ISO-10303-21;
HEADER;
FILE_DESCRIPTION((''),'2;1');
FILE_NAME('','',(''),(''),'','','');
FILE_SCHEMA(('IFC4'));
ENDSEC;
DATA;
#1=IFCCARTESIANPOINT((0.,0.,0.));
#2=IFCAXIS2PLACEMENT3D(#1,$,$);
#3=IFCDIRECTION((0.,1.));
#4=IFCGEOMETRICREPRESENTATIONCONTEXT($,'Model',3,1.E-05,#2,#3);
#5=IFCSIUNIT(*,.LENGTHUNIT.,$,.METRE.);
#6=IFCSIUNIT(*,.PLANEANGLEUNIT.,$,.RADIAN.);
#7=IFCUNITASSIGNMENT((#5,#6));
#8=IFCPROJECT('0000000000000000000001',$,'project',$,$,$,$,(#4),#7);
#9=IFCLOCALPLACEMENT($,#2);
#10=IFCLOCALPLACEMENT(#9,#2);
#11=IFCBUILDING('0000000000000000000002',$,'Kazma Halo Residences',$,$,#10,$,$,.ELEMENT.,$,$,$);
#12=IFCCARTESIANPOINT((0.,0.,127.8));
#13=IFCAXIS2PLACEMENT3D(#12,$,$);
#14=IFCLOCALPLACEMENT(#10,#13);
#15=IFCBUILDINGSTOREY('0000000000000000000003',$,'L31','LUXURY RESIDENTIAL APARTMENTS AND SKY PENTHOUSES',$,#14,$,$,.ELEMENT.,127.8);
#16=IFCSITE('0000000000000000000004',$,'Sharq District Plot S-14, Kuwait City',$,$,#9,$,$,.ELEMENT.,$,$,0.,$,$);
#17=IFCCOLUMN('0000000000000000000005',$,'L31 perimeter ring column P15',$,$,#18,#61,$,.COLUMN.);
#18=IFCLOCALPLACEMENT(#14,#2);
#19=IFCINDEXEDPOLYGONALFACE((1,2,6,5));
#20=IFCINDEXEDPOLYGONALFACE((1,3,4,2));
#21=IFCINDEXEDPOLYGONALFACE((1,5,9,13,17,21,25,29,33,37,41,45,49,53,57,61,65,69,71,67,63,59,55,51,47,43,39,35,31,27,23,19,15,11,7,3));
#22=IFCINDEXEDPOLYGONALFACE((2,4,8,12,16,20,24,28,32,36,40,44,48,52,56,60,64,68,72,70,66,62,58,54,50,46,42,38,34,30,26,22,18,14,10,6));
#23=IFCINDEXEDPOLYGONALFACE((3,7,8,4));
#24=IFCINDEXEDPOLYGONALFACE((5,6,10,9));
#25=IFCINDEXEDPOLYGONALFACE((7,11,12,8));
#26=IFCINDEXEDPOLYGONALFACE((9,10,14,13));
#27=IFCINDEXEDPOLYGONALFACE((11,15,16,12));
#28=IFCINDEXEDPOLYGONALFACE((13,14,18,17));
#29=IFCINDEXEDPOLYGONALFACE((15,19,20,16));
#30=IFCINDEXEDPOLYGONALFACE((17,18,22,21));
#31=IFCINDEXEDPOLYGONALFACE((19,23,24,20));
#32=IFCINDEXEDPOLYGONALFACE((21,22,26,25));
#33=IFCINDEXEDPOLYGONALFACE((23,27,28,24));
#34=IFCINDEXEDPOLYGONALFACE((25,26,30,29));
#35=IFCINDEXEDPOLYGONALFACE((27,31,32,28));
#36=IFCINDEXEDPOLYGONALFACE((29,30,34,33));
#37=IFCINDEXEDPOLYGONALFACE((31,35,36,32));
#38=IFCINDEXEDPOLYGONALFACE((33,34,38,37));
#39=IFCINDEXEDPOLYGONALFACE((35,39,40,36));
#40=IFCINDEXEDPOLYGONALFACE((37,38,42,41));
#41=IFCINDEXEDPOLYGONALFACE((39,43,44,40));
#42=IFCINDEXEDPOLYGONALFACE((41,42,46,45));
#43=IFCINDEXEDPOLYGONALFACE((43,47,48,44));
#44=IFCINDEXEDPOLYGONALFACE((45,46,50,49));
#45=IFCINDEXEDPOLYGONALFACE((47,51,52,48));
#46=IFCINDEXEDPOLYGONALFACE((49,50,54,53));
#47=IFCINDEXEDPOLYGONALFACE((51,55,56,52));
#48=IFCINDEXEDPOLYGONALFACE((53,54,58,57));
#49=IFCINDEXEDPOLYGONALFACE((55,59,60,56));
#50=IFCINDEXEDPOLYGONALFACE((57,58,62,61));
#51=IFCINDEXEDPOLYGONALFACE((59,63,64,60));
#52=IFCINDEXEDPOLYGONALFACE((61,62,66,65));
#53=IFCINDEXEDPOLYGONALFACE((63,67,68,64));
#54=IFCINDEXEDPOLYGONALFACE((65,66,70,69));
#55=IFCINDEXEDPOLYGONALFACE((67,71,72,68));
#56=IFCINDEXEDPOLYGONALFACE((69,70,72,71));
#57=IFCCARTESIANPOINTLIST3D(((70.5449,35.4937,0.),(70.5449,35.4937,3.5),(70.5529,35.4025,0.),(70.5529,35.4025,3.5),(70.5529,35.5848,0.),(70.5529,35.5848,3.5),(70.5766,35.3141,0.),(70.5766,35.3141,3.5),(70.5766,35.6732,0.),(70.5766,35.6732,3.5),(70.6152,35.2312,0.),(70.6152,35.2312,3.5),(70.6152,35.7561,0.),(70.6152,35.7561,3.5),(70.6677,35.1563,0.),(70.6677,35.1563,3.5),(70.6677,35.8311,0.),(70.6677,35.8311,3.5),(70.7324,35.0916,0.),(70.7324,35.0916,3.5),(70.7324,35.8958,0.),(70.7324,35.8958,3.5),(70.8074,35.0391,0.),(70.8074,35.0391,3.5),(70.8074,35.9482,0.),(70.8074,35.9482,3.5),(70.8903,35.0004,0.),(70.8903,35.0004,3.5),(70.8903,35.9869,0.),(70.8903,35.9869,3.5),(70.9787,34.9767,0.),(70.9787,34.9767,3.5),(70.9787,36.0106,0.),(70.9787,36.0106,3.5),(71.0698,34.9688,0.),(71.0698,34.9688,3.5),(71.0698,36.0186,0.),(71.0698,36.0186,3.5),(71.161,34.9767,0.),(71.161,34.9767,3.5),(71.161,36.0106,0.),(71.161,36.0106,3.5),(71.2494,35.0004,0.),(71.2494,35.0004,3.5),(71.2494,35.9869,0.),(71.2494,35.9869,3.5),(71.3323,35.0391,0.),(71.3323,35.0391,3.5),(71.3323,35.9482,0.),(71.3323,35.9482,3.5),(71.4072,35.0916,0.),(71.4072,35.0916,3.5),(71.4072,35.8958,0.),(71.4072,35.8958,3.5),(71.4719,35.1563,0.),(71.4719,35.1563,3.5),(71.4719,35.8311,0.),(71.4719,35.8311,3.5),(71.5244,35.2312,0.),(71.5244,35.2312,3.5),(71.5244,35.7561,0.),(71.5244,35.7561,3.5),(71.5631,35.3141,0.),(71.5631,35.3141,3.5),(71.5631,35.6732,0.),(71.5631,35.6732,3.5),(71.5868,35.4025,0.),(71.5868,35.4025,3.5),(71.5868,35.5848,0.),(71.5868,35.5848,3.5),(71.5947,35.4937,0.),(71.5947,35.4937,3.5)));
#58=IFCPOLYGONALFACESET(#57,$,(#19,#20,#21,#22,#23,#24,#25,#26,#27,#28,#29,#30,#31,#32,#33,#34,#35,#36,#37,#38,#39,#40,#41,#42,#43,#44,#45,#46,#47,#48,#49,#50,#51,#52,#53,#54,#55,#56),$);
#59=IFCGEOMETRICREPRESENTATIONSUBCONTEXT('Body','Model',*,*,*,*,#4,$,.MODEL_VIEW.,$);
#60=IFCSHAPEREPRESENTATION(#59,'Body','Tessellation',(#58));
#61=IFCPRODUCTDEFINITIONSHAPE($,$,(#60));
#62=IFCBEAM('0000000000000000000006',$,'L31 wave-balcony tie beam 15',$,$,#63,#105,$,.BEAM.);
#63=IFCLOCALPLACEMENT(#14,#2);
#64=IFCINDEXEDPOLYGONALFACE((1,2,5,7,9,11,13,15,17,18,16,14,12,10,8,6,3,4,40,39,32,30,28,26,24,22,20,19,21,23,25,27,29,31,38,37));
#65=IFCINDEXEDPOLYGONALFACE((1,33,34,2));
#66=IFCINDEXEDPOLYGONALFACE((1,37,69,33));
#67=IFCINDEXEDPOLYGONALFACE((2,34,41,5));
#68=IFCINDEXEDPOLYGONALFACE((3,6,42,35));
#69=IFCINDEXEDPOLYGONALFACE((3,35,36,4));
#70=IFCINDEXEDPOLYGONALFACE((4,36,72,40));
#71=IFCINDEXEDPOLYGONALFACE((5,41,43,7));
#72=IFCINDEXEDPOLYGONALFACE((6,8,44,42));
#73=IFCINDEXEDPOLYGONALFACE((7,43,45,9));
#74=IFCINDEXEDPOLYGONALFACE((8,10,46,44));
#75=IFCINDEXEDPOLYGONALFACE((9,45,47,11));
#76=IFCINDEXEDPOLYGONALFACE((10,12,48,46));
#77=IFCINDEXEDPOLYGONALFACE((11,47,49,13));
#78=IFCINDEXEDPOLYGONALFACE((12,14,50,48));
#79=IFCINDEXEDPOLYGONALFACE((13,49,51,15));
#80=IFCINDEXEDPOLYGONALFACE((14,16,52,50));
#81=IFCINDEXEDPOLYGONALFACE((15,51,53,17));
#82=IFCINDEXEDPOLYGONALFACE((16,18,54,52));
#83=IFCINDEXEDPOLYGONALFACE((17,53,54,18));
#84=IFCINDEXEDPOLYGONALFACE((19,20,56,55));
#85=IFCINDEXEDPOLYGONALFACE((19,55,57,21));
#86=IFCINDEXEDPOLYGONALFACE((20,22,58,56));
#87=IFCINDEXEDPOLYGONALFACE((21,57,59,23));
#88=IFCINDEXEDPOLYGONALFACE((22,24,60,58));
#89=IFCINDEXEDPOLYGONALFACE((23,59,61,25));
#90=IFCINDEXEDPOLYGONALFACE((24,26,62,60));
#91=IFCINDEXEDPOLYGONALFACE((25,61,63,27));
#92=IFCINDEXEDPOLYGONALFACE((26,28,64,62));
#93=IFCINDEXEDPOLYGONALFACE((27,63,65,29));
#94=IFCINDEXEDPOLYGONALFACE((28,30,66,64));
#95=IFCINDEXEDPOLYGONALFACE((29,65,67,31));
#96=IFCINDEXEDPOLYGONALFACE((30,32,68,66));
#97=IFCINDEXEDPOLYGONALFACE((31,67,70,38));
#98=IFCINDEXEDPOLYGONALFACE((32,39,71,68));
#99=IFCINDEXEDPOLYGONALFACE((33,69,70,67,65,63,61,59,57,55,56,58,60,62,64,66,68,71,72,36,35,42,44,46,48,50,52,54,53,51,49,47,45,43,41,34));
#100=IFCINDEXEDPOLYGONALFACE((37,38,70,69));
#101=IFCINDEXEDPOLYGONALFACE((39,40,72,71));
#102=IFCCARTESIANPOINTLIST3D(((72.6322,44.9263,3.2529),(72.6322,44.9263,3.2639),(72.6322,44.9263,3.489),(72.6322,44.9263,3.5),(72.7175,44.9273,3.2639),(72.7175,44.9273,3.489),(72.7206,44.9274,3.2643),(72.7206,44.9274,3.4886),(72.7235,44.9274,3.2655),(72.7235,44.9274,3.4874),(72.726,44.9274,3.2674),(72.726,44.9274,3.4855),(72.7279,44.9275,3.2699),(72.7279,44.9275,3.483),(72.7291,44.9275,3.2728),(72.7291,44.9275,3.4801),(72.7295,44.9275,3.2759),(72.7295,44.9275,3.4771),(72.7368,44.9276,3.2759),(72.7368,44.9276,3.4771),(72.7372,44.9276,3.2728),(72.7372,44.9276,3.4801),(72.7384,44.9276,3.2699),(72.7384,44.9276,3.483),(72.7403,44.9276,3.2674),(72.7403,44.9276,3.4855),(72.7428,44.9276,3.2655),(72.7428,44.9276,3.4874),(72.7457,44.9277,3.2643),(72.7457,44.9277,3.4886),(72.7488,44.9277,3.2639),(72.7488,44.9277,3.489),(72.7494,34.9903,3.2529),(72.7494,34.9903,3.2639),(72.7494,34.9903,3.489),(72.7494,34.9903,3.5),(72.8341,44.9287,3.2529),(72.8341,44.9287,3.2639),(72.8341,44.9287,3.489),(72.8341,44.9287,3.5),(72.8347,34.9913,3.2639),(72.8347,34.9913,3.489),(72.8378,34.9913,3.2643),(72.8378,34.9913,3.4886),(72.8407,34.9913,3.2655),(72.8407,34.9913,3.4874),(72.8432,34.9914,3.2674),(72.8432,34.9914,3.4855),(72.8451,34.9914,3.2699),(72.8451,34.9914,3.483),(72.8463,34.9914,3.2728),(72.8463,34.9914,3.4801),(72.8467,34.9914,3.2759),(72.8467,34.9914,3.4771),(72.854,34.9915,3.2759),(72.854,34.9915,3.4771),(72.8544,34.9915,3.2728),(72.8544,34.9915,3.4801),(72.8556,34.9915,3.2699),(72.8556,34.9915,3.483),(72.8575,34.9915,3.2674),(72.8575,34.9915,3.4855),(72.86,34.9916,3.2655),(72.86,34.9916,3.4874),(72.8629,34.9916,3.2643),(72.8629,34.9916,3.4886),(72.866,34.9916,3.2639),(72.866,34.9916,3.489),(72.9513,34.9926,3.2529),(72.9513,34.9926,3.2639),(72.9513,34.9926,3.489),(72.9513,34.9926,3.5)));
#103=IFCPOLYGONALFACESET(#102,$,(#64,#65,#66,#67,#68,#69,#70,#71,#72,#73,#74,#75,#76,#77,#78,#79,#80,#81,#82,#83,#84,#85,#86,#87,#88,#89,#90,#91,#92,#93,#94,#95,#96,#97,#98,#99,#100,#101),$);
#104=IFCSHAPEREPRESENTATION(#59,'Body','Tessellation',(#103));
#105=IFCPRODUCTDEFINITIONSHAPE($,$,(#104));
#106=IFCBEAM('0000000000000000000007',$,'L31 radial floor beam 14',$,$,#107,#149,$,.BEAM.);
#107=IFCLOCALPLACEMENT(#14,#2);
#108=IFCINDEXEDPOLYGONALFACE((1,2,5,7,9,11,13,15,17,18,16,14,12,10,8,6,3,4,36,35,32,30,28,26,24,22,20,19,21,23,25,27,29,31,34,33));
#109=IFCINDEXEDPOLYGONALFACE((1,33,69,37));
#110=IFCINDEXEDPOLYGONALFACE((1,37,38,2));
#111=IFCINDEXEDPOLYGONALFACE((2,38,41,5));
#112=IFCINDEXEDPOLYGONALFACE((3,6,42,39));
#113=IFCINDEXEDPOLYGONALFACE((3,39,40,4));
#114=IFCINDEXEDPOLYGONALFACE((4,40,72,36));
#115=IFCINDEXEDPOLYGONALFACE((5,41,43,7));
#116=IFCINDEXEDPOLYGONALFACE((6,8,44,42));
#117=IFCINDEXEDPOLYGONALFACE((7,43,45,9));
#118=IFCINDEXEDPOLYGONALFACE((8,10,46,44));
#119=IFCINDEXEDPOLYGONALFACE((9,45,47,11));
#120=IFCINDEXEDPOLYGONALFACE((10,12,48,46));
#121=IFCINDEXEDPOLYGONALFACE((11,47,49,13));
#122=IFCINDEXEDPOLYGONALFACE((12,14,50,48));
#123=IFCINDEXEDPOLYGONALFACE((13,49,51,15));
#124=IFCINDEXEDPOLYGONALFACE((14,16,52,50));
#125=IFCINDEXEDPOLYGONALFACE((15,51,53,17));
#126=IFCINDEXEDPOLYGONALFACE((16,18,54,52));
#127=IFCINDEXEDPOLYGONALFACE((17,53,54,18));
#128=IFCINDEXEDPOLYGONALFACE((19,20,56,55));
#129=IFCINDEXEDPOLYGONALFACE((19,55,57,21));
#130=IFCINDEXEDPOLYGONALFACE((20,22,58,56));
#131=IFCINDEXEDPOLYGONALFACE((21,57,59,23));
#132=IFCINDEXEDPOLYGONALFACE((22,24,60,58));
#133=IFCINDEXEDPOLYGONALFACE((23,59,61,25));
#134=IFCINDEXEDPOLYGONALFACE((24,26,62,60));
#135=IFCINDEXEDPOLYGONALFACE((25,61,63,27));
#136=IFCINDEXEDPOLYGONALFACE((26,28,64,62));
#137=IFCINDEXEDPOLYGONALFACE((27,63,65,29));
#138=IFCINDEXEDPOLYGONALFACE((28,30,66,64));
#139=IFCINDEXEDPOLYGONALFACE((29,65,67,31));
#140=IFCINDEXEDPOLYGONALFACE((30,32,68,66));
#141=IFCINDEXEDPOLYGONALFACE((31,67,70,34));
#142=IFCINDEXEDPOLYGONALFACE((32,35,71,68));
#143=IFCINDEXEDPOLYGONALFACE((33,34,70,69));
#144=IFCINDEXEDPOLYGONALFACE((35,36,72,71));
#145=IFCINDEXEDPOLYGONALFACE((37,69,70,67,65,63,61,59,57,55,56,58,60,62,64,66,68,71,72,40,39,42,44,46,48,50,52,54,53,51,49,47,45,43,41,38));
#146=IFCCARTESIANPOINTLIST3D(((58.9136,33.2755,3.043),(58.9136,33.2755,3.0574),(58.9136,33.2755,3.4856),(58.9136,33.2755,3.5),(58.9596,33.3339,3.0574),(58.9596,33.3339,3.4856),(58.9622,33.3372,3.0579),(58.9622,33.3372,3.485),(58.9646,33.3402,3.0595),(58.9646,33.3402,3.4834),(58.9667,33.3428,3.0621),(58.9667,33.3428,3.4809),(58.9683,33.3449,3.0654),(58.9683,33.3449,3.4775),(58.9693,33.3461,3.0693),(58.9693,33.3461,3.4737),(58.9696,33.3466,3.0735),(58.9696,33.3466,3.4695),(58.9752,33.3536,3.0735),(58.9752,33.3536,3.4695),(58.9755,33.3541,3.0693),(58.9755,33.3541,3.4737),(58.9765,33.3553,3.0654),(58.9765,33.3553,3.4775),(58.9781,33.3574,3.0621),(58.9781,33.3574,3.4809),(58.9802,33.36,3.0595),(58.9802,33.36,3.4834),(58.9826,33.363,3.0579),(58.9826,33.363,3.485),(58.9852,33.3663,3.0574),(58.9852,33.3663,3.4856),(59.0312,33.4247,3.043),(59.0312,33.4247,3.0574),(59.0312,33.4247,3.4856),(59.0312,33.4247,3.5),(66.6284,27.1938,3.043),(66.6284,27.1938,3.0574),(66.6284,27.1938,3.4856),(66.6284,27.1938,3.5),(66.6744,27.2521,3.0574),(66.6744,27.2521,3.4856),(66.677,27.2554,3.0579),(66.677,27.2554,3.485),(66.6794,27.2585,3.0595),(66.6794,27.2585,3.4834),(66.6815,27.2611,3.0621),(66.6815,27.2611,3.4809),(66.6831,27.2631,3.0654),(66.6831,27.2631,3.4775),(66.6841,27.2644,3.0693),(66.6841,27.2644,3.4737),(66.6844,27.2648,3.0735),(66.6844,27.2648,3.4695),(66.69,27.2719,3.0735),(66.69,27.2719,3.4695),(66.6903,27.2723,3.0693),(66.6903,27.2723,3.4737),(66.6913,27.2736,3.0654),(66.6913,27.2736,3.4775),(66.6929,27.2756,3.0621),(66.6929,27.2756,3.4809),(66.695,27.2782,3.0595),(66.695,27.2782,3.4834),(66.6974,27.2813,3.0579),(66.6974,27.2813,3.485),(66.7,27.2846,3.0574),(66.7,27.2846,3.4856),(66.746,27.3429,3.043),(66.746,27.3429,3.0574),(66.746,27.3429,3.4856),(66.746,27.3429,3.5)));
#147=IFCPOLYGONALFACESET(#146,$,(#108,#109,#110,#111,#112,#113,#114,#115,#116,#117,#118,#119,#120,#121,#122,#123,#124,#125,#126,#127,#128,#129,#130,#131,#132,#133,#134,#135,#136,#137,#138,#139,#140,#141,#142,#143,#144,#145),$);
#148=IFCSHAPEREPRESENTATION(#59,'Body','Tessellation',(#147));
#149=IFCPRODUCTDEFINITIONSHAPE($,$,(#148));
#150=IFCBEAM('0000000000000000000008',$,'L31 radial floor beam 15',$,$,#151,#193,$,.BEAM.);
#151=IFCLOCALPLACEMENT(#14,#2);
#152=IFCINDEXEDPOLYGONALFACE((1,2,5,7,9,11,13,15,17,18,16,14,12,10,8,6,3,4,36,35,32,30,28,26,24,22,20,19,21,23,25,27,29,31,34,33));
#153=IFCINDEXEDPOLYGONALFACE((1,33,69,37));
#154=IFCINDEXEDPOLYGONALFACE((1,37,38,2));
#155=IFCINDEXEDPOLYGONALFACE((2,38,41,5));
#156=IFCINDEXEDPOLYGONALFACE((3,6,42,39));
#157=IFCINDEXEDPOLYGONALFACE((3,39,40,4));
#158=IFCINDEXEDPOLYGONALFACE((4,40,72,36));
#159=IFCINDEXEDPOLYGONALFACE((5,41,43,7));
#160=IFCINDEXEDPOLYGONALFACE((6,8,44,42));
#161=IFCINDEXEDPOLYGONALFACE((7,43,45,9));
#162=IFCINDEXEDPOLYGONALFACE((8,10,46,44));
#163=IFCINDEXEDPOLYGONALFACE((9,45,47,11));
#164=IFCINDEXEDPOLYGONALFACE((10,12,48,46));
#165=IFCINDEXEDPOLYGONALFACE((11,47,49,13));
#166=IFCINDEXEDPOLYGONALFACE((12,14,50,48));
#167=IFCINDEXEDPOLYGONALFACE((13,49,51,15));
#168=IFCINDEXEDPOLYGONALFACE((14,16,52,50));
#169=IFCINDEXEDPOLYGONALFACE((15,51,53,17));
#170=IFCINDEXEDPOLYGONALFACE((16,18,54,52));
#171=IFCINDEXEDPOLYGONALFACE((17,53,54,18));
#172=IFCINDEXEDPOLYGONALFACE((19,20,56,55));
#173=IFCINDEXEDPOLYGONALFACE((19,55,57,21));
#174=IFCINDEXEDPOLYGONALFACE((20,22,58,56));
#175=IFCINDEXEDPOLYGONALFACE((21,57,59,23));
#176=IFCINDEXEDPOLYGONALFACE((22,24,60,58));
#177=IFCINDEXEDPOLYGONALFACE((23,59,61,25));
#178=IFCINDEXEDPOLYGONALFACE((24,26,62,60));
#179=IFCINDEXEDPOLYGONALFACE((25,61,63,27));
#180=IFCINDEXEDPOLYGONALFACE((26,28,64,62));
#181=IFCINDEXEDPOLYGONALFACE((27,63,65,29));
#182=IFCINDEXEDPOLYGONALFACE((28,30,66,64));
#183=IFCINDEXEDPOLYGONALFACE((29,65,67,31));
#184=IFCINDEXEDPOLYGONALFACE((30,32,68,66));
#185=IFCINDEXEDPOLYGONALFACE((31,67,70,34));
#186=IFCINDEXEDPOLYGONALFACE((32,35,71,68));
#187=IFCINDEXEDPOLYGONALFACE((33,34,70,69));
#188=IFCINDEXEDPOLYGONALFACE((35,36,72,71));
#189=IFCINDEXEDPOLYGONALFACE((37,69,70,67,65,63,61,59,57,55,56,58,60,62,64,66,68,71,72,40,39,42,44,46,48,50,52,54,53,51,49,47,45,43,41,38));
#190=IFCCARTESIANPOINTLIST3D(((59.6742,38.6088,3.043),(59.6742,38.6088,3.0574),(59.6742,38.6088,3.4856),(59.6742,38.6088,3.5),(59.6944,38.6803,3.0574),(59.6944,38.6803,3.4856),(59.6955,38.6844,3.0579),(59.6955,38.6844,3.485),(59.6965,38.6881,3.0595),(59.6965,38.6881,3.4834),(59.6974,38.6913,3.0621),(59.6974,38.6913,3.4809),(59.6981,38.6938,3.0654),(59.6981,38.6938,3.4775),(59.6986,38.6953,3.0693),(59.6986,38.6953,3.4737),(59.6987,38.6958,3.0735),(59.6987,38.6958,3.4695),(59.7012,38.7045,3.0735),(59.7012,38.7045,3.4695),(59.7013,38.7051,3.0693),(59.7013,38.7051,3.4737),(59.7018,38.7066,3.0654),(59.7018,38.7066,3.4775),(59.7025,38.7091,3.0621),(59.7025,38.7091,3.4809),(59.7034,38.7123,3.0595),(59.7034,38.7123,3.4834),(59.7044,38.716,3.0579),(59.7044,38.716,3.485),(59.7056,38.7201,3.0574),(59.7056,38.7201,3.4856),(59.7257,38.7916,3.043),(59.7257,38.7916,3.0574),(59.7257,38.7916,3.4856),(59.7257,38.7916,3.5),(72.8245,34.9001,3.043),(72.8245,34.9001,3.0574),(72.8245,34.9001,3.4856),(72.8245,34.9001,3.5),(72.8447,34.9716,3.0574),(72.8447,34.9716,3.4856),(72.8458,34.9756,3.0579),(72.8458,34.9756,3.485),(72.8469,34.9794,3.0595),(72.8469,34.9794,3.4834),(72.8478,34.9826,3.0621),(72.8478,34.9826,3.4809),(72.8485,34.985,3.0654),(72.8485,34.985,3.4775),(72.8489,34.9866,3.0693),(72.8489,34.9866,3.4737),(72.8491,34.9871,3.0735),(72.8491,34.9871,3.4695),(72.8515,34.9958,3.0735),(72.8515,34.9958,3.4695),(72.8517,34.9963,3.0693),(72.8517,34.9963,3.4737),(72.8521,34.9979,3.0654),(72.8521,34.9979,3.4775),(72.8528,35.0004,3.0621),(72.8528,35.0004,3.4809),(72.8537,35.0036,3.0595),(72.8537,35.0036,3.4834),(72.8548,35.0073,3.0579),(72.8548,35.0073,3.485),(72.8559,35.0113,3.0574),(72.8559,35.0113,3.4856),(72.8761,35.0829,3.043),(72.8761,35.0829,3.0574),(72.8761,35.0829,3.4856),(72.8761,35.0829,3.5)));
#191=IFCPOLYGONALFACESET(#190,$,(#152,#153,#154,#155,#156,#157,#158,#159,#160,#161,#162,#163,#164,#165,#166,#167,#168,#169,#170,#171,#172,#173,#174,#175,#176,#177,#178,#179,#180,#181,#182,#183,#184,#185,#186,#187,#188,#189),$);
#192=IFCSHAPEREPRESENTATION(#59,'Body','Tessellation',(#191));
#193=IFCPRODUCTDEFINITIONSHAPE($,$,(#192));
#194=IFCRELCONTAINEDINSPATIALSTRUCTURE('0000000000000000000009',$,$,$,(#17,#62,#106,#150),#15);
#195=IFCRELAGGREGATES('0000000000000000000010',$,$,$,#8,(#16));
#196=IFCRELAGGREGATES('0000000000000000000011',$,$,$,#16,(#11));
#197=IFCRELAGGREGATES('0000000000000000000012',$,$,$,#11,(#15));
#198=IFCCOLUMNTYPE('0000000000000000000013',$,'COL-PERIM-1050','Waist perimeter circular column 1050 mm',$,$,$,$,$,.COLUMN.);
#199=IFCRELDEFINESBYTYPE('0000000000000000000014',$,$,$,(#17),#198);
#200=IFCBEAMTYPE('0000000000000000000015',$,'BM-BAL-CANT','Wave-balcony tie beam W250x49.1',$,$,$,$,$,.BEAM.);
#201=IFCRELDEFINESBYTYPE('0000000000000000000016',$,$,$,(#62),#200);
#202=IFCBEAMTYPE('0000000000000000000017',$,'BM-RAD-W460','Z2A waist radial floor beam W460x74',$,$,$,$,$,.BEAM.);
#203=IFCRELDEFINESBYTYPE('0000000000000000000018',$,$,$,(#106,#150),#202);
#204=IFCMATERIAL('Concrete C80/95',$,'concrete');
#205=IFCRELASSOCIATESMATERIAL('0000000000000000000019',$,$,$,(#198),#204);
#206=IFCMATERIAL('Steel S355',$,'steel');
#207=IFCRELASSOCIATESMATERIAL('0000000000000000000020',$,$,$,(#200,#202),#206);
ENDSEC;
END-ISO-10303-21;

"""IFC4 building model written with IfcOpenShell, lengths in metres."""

from ifc_helpers import new_model, si_unit, direction, frame, origin, origin_2d, place, context, subcontext, project, spatial, circle, i_section, extrude, material, material_profile, profile_set, type_object, element, save


model = new_model("IFC4")

# Units and contexts
model_context = context("Model", 3, precision=1e-05, world=origin(), true_north=direction((0.0, 1.0)))
body_context = subcontext(model_context, "Body", "Model", "MODEL_VIEW")
ifc_project = project(units=[si_unit("LENGTHUNIT", "METRE"), si_unit("PLANEANGLEUNIT", "RADIAN")], contexts=[model_context])

# Site, building, storey
site_placement = place(None, origin())
site = spatial("IfcSite", under=ifc_project, at=site_placement, Name="Sharq District Plot S-14, Kuwait City", CompositionType="ELEMENT", RefElevation=0.0)
building_placement = place(site_placement, origin())
building = spatial("IfcBuilding", under=site, at=building_placement, Name="Kazma Halo Residences", CompositionType="ELEMENT")
storey_placement = place(building_placement, frame((0.0, 0.0, 127.8)))
storey = spatial("IfcBuildingStorey", under=building, at=storey_placement, Name="L31", Description="LUXURY RESIDENTIAL APARTMENTS AND SKY PENTHOUSES", CompositionType="ELEMENT", Elevation=127.8)

# Column
ifc_material_1 = material(Name="Concrete C80/95", Category="concrete")
ifc_material_profile_1 = material_profile(ifc_material_1, circle(Radius=0.5249, at=origin_2d()), Name="CIRC1050")
ifc_profile_set_1 = profile_set([ifc_material_profile_1], Name="Concrete C80/95")
column_type = type_object("IfcColumnType", Name="COL-PERIM-1050", Description="Waist perimeter circular column 1050 mm", PredefinedType="COLUMN", material=ifc_profile_set_1)
column_placement = place(storey_placement, frame((71.0698, 35.4937, 0.0), z_axis=(0.0, 0.0, 1.0), x_axis=(1.0, 0.0, 0.0)))
element("IfcColumn", 1, at=column_placement, inside=storey, type_object=column_type, Name="L31 perimeter ring column P15", PredefinedType="COLUMN", context=body_context, shape_type="SweptSolid", body=[
    extrude(circle(Radius=0.5249, at=origin_2d()), origin(), (0.0, 0.0, 1.0), 3.5),
])

# Beams
ifc_material_2 = material(Name="Steel S355", Category="steel")
ifc_material_profile_2 = material_profile(ifc_material_2, i_section(OverallWidth=0.2019, OverallDepth=0.2471, WebThickness=0.0073, FlangeThickness=0.011, FilletRadius=0.012, at=origin_2d()), Name="W250x49.1")
ifc_profile_set_2 = profile_set([ifc_material_profile_2], Name="Steel S355")
beam_type_1 = type_object("IfcBeamType", Name="BM-BAL-CANT", Description="Wave-balcony tie beam W250x49.1", PredefinedType="BEAM", material=ifc_profile_set_2)
beam_1_placement = place(storey_placement, frame((72.8503, 34.9915, 3.3765), z_axis=(-0.011793, 0.99993, 0.0), x_axis=(-0.99993, -0.011793, 0.0)))
element("IfcBeam", 2, at=beam_1_placement, inside=storey, type_object=beam_type_1, Name="L31 wave-balcony tie beam 15", PredefinedType="BEAM", context=body_context, shape_type="SweptSolid", body=[
    extrude(i_section(OverallWidth=0.2019, OverallDepth=0.2471, WebThickness=0.0073, FlangeThickness=0.011, FilletRadius=0.012, at=origin_2d()), origin(), (0.0, 0.0, 1.0), 9.9368),
])
ifc_material_profile_3 = material_profile(ifc_material_2, i_section(OverallWidth=0.1899, OverallDepth=0.457, WebThickness=0.009, FlangeThickness=0.0144, FilletRadius=0.0161, at=origin_2d()), Name="W460x74")
ifc_profile_set_3 = profile_set([ifc_material_profile_3], Name="Steel S355")
beam_type_2 = type_object("IfcBeamType", Name="BM-RAD-W460", Description="Z2A waist radial floor beam W460x74", PredefinedType="BEAM", material=ifc_profile_set_3)
beam_2_placement = place(storey_placement, frame((58.9724, 33.3501, 3.2715), z_axis=(0.785322, -0.619087, 0.0), x_axis=(0.619087, 0.785322, 0.0)))
element("IfcBeam", 3, at=beam_2_placement, inside=storey, type_object=beam_type_2, Name="L31 radial floor beam 14", PredefinedType="BEAM", context=body_context, shape_type="SweptSolid", body=[
    extrude(i_section(OverallWidth=0.1899, OverallDepth=0.457, WebThickness=0.009, FlangeThickness=0.0144, FilletRadius=0.0161, at=origin_2d()), origin(), (0.0, 0.0, 1.0), 9.8237),
])
beam_3_placement = place(storey_placement, frame((59.7, 38.7002, 3.2715), z_axis=(0.962456, -0.271437, 0.0), x_axis=(0.271437, 0.962456, 0.0)))
element("IfcBeam", 4, at=beam_3_placement, inside=storey, type_object=beam_type_2, Name="L31 radial floor beam 15", PredefinedType="BEAM", context=body_context, shape_type="SweptSolid", body=[
    extrude(i_section(OverallWidth=0.1899, OverallDepth=0.457, WebThickness=0.009, FlangeThickness=0.0144, FilletRadius=0.0161, at=origin_2d()), origin(), (0.0, 0.0, 1.0), 13.6633),
])

save(model, "model.ifc")
